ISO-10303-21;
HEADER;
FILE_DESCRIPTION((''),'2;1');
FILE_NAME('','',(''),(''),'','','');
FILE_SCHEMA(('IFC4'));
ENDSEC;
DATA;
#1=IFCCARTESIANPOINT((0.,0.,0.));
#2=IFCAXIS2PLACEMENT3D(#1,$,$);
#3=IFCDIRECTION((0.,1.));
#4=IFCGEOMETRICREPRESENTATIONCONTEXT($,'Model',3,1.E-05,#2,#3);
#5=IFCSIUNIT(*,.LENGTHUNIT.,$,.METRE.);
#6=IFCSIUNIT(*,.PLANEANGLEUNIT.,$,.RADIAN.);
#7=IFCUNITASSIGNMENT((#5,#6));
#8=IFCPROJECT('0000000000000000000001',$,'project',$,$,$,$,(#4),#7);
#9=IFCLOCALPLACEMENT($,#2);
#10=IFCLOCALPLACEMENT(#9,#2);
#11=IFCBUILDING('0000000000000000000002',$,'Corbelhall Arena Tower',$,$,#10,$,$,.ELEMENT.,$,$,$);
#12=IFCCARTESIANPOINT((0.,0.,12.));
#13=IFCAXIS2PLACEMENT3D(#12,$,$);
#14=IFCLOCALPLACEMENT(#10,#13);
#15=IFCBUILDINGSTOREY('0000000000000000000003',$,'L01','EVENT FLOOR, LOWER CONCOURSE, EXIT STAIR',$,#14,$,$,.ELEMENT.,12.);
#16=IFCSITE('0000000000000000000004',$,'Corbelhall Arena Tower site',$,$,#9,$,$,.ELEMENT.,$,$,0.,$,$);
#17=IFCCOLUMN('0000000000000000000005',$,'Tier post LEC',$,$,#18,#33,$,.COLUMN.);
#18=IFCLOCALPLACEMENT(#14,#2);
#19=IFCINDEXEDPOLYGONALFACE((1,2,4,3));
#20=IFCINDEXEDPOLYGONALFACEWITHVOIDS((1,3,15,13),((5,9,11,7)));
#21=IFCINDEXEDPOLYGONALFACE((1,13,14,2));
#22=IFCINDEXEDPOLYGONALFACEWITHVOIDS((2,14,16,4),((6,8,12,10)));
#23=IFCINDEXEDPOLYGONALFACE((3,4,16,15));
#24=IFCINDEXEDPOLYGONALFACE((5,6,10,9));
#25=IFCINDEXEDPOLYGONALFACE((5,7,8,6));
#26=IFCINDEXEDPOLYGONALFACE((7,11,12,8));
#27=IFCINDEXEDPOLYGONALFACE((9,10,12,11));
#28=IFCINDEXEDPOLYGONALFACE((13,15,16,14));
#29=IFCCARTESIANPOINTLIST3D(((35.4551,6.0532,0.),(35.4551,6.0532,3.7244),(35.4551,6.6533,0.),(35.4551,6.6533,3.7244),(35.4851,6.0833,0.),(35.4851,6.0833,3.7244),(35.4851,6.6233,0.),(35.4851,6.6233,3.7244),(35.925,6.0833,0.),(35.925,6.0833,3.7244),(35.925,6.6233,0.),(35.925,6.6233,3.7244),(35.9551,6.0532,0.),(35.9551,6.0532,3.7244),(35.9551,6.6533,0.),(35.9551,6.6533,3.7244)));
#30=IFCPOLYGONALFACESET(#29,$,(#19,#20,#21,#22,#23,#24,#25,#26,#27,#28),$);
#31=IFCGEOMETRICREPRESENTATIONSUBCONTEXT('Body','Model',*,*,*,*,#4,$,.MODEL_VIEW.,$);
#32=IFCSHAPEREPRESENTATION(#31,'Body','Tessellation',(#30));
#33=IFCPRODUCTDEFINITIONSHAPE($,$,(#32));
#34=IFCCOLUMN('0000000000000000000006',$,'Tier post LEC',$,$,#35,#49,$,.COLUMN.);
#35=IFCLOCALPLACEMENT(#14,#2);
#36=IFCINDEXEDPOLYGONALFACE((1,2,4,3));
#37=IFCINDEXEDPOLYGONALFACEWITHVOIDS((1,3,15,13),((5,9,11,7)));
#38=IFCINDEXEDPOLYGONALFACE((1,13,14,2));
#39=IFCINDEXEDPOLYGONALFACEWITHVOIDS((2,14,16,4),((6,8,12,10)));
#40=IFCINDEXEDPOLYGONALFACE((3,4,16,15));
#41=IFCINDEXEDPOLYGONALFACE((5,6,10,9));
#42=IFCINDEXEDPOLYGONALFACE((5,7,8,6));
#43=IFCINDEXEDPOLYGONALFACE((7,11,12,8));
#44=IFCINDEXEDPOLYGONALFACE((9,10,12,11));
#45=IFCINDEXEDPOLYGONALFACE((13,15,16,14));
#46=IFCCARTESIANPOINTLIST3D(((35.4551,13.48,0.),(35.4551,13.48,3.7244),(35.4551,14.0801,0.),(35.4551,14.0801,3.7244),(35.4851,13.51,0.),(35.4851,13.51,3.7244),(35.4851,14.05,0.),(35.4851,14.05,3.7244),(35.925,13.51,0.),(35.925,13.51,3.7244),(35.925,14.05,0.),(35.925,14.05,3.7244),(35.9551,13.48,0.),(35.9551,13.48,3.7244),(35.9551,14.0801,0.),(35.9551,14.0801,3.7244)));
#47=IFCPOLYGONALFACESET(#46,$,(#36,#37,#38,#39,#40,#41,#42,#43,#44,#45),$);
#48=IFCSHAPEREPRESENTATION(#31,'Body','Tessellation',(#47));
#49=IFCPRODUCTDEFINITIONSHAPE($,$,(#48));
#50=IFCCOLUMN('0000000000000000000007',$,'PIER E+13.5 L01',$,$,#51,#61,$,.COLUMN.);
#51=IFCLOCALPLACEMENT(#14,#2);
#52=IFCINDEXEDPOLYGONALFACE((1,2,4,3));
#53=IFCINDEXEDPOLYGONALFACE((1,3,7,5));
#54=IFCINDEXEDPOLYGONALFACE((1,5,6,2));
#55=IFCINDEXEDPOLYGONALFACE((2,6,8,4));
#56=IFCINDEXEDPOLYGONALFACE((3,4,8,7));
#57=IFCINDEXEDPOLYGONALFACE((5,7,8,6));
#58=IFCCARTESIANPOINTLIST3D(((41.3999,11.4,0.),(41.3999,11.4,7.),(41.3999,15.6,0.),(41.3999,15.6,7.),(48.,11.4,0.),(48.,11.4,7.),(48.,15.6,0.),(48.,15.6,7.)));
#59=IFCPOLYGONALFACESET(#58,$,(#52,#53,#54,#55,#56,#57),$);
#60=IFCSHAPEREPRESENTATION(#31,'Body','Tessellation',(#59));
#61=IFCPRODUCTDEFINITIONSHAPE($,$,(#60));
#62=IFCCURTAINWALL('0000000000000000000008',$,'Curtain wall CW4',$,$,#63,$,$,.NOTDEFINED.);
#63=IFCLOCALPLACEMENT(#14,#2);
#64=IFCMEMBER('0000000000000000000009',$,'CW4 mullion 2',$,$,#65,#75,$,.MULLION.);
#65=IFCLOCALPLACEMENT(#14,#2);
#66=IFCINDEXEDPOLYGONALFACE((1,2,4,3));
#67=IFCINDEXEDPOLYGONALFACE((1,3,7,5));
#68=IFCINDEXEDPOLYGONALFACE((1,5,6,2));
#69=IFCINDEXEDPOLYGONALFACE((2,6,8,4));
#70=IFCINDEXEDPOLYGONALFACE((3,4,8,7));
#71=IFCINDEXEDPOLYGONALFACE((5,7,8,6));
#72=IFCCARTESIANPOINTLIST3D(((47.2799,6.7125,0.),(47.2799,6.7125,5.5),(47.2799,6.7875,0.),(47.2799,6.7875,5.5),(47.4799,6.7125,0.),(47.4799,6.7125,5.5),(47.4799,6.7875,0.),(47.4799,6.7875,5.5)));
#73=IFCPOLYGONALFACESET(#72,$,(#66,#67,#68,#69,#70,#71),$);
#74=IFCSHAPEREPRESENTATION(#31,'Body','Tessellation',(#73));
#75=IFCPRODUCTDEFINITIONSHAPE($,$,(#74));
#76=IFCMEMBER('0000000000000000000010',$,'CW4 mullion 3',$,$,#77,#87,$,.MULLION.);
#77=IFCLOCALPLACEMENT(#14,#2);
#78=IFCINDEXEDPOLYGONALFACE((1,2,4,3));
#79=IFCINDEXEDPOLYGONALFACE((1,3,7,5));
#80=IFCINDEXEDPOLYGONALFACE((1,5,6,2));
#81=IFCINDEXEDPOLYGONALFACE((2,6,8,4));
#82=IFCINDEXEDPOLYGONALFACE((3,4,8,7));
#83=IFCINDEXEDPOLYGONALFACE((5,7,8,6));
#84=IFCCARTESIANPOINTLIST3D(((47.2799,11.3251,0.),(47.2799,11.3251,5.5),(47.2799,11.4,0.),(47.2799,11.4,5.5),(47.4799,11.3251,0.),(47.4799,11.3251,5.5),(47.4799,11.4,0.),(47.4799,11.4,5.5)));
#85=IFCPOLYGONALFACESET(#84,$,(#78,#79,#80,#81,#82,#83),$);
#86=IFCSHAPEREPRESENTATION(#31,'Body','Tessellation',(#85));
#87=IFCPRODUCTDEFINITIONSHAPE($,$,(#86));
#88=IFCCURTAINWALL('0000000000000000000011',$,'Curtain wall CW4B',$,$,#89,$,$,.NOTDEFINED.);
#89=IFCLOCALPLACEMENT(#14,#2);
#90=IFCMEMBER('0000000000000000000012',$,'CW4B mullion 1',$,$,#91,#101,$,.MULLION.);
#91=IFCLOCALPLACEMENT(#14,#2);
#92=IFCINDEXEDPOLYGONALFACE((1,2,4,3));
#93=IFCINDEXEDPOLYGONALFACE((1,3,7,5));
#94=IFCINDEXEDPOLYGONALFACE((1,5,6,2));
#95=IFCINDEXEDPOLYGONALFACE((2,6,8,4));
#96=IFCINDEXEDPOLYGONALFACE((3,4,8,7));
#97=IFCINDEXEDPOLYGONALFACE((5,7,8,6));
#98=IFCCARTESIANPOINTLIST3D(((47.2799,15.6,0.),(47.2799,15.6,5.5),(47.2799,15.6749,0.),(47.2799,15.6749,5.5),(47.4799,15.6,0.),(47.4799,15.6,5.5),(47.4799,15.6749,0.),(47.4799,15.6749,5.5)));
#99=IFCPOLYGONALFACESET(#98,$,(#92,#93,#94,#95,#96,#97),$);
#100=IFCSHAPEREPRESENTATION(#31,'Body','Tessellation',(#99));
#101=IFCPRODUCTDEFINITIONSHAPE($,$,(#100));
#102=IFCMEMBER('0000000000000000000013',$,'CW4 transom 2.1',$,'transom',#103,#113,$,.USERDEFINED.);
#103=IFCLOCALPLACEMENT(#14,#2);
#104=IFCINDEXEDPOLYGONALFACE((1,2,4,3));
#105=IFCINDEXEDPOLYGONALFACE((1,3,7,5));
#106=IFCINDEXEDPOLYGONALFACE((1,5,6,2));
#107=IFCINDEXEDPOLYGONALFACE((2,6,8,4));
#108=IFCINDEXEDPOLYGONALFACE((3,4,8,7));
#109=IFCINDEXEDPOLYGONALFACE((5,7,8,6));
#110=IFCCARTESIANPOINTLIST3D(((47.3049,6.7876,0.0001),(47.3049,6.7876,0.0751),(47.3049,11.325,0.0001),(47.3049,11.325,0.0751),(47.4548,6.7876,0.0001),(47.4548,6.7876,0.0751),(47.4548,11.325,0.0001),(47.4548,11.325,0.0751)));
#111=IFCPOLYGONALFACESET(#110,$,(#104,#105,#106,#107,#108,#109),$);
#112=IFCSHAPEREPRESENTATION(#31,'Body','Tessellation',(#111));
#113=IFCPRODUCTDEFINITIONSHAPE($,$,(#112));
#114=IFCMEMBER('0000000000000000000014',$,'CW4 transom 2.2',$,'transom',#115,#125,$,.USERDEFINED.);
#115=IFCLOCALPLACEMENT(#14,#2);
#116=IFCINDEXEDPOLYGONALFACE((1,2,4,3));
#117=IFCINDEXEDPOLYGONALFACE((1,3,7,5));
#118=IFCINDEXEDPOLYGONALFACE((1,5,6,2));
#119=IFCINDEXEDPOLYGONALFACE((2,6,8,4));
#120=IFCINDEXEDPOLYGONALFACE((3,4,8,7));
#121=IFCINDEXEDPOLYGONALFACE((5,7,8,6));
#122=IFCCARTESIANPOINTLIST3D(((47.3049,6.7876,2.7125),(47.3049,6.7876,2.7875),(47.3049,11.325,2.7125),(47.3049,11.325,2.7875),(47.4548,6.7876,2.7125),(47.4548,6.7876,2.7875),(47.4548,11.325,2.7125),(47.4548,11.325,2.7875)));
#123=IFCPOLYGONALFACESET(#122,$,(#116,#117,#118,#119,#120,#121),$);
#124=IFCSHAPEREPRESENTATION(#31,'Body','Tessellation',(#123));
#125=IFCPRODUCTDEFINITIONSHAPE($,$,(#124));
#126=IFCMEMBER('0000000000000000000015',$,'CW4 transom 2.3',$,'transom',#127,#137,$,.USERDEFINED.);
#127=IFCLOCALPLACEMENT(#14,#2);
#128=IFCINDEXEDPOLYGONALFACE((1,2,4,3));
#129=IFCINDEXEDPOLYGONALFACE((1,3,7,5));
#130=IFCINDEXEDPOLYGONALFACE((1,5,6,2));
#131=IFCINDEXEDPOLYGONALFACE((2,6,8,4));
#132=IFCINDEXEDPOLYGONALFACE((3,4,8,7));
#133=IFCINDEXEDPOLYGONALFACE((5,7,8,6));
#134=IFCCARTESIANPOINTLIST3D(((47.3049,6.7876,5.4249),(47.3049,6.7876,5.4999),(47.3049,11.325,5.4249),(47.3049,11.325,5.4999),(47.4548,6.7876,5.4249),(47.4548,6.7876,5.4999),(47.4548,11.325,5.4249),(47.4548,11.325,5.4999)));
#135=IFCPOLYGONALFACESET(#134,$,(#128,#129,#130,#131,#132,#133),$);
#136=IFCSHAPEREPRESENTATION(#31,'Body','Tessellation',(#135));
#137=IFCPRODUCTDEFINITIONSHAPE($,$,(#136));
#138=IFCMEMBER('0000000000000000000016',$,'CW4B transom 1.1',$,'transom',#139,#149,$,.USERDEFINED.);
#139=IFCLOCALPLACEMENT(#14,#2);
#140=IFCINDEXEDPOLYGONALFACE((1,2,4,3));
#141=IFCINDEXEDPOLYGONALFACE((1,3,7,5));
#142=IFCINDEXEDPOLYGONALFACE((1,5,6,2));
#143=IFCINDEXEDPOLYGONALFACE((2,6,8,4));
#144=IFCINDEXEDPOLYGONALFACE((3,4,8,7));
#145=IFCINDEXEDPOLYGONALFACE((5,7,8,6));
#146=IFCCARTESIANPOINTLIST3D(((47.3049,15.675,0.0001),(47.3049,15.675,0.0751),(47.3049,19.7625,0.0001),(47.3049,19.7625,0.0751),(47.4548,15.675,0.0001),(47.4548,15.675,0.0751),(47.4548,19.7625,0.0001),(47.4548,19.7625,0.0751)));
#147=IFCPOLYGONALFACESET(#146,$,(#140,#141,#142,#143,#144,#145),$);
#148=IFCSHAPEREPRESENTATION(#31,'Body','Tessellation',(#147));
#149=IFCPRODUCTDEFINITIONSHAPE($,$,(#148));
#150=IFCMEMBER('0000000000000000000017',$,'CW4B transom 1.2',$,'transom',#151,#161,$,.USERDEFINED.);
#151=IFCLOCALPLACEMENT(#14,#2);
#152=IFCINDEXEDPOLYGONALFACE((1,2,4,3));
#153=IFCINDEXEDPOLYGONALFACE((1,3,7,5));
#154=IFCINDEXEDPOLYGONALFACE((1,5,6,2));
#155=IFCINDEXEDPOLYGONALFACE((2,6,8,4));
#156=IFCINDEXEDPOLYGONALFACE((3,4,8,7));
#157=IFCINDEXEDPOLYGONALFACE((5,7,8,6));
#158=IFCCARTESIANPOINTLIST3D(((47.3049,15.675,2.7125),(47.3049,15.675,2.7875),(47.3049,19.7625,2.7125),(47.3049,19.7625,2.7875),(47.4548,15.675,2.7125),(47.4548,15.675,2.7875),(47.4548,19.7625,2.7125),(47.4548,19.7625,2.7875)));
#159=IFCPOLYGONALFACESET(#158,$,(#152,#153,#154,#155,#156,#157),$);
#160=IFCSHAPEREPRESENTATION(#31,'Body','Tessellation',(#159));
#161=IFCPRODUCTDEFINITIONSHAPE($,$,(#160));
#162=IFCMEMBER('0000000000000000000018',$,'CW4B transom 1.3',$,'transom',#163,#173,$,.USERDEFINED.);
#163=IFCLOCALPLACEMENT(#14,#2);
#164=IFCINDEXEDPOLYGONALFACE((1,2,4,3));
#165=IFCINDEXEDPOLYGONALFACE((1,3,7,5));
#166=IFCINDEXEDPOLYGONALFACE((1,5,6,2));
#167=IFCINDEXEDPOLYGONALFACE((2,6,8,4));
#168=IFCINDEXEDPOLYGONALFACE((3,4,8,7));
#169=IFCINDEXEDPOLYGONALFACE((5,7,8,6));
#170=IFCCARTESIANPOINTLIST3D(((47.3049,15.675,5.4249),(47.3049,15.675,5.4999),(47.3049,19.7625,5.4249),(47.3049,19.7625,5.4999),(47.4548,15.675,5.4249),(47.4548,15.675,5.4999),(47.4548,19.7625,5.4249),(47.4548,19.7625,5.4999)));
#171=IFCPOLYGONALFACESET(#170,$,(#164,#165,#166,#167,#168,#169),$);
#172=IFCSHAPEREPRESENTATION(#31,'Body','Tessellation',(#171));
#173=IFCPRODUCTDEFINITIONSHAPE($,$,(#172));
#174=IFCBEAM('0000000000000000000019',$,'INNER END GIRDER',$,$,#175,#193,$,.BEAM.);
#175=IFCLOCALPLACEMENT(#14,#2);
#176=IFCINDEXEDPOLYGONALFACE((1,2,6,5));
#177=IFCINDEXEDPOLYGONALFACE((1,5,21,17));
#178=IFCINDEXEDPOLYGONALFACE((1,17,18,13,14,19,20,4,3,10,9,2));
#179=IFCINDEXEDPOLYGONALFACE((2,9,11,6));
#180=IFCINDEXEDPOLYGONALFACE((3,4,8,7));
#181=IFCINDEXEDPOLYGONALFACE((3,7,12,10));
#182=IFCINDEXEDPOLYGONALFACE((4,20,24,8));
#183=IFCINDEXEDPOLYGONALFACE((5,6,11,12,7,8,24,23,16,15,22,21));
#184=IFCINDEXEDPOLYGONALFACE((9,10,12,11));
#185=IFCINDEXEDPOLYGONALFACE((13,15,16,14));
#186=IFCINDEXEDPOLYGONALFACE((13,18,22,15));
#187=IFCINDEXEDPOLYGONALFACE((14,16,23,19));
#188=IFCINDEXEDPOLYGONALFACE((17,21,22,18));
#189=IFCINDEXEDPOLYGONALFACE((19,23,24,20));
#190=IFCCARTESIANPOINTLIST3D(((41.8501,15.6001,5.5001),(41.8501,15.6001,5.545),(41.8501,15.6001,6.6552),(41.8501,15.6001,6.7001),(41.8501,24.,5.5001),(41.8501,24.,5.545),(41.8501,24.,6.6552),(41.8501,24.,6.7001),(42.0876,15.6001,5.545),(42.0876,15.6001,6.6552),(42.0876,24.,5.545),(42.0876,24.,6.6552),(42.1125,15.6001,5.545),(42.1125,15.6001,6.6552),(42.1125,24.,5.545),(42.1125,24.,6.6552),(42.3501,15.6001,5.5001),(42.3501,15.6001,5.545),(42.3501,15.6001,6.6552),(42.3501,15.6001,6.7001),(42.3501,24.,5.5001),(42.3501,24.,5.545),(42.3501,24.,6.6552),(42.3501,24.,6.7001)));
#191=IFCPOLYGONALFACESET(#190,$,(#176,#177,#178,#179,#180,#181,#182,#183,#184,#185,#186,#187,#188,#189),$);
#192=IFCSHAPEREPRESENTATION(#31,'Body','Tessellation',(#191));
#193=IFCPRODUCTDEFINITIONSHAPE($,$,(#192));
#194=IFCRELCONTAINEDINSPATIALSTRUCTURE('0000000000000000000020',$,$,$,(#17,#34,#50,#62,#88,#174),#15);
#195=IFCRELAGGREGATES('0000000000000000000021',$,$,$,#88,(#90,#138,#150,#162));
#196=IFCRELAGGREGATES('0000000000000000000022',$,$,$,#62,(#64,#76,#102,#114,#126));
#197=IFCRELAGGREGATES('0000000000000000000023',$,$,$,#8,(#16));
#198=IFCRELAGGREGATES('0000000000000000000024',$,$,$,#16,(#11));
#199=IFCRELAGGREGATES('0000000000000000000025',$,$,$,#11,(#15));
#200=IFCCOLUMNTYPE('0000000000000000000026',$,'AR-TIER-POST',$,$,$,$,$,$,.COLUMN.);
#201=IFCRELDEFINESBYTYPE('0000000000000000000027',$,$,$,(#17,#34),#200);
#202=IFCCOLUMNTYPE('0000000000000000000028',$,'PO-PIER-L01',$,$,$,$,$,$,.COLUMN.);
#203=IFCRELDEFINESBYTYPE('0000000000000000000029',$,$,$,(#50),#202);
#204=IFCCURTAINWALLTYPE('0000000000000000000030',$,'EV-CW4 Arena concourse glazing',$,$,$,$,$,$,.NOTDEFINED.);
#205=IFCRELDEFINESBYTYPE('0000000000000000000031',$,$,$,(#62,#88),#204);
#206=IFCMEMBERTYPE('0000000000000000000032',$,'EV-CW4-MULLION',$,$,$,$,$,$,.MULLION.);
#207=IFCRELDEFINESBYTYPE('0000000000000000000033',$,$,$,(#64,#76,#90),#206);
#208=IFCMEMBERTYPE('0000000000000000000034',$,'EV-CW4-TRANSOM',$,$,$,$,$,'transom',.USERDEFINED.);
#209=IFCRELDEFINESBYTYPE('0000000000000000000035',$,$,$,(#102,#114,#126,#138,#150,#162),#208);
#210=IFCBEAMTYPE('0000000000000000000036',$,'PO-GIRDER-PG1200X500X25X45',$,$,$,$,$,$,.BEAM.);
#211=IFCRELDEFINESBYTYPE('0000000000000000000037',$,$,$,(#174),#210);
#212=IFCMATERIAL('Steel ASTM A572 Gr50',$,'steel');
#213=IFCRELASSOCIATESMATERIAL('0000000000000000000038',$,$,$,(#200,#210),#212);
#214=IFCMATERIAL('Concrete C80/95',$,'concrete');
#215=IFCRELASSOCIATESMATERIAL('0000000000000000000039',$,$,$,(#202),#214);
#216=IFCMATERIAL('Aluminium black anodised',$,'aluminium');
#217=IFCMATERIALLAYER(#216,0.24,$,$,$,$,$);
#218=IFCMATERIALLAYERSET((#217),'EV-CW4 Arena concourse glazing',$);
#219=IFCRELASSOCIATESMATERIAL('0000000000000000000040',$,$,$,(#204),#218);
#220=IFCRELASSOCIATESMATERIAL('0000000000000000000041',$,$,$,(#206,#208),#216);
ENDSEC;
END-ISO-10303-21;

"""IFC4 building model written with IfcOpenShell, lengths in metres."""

from ifc_helpers import new_model, si_unit, direction, frame, origin, origin_2d, place, context, subcontext, project, spatial, rectangle, hollow_rectangle, i_section, extrude, material, layer, layer_set, material_profile, profile_set, type_object, element, aggregate, save


model = new_model("IFC4")

# Units and contexts
model_context = context("Model", 3, precision=1e-05, world=origin(), true_north=direction((0.0, 1.0)))
body_context = subcontext(model_context, "Body", "Model", "MODEL_VIEW")
ifc_project = project(units=[si_unit("LENGTHUNIT", "METRE"), si_unit("PLANEANGLEUNIT", "RADIAN")], contexts=[model_context])

# Site, building, storey
site_placement = place(None, origin())
site = spatial("IfcSite", under=ifc_project, at=site_placement, Name="Corbelhall Arena Tower site", CompositionType="ELEMENT", RefElevation=0.0)
building_placement = place(site_placement, origin())
building = spatial("IfcBuilding", under=site, at=building_placement, Name="Corbelhall Arena Tower", CompositionType="ELEMENT")
storey_placement = place(building_placement, frame((0.0, 0.0, 12.0)))
storey = spatial("IfcBuildingStorey", under=building, at=storey_placement, Name="L01", Description="EVENT FLOOR, LOWER CONCOURSE, EXIT STAIR", CompositionType="ELEMENT", Elevation=12.0)

# Columns
ifc_material_1 = material(Name="Steel ASTM A572 Gr50", Category="steel")
ifc_material_profile_1 = material_profile(ifc_material_1, hollow_rectangle(XDim=0.5, YDim=0.6001, WallThickness=0.03, at=origin_2d()))
ifc_profile_set_1 = profile_set([ifc_material_profile_1], Name="Steel ASTM A572 Gr50")
column_type_1 = type_object("IfcColumnType", Name="AR-TIER-POST", PredefinedType="COLUMN", material=ifc_profile_set_1)
for number, where, z_axis, x_axis, name in (
    (1, (35.7051, 6.3533, 0.0), (0.0, 0.0, 1.0), (1.0, 0.0, 0.0), "Tier post LEC"),
    (2, (35.7051, 13.78, 0.0), (0.0, 0.0, 1.0), (1.0, 0.0, 0.0), "Tier post LEC"),
):
    element("IfcColumn", number, at=place(storey_placement, frame(where, z_axis=z_axis, x_axis=x_axis)), inside=storey, type_object=column_type_1, Name=name, PredefinedType="COLUMN", context=body_context, shape_type="SweptSolid", body=[
        extrude(hollow_rectangle(XDim=0.5, YDim=0.6001, WallThickness=0.03, at=origin_2d()), origin(), (0.0, 0.0, 1.0), 3.7244),
    ])
ifc_material_2 = material(Name="Concrete C80/95", Category="concrete")
ifc_material_profile_2 = material_profile(ifc_material_2, rectangle(XDim=4.2, YDim=6.6001, at=origin_2d()))
ifc_profile_set_2 = profile_set([ifc_material_profile_2], Name="Concrete C80/95")
column_type_2 = type_object("IfcColumnType", Name="PO-PIER-L01", PredefinedType="COLUMN", material=ifc_profile_set_2)
column_placement = place(storey_placement, frame((44.7, 13.5, 0.0), z_axis=(0.0, 0.0, 1.0), x_axis=(0.0, 1.0, 0.0)))
element("IfcColumn", 3, at=column_placement, inside=storey, type_object=column_type_2, Name="PIER E+13.5 L01", PredefinedType="COLUMN", context=body_context, shape_type="SweptSolid", body=[
    extrude(rectangle(XDim=4.2, YDim=6.6001, at=origin_2d()), origin(), (0.0, 0.0, 1.0), 7.0),
])

# Curtain wall, members
ifc_material_3 = material(Name="Aluminium black anodised", Category="aluminium")
ifc_layer_1 = layer(ifc_material_3, 0.24)
ifc_layer_set_1 = layer_set([ifc_layer_1], Name="EV-CW4 Arena concourse glazing")
curtain_wall_type = type_object("IfcCurtainWallType", Name="EV-CW4 Arena concourse glazing", PredefinedType="NOTDEFINED", material=ifc_layer_set_1)
curtain_wall_1_placement = place(storey_placement, origin())
curtain_wall_1 = element("IfcCurtainWall", 4, at=curtain_wall_1_placement, inside=storey, type_object=curtain_wall_type, Name="Curtain wall CW4", PredefinedType="NOTDEFINED")
ifc_material_profile_3 = material_profile(ifc_material_3, rectangle(XDim=0.2, YDim=0.075, at=origin_2d()))
ifc_profile_set_3 = profile_set([ifc_material_profile_3], Name="Aluminium black anodised")
member_type_1 = type_object("IfcMemberType", Name="EV-CW4-MULLION", PredefinedType="MULLION", material=ifc_profile_set_3)
member_1_placement = place(storey_placement, frame((47.3799, 6.75, 0.0), z_axis=(0.0, 0.0, 1.0), x_axis=(-1.0, 0.0, 0.0)))
member_1 = element("IfcMember", 5, at=member_1_placement, type_object=member_type_1, Name="CW4 mullion 2", PredefinedType="MULLION", context=body_context, shape_type="SweptSolid", body=[
    extrude(rectangle(XDim=0.2, YDim=0.075, at=origin_2d()), origin(), (0.0, 0.0, 1.0), 5.5),
])
member_2_placement = place(storey_placement, frame((47.3799, 11.3625, 0.0), z_axis=(0.0, 0.0, 1.0), x_axis=(-1.0, 0.0, 0.0)))
member_2 = element("IfcMember", 6, at=member_2_placement, type_object=member_type_1, Name="CW4 mullion 3", PredefinedType="MULLION", context=body_context, shape_type="SweptSolid", body=[
    extrude(rectangle(XDim=0.2, YDim=0.075, at=origin_2d()), origin(), (0.0, 0.0, 1.0), 5.5),
])

# Curtain wall, member
curtain_wall_2_placement = place(storey_placement, origin())
curtain_wall_2 = element("IfcCurtainWall", 7, at=curtain_wall_2_placement, inside=storey, type_object=curtain_wall_type, Name="Curtain wall CW4B", PredefinedType="NOTDEFINED")
member_3_placement = place(storey_placement, frame((47.3799, 15.6375, 0.0), z_axis=(0.0, 0.0, 1.0), x_axis=(-1.0, 0.0, 0.0)))
member_3 = element("IfcMember", 8, at=member_3_placement, type_object=member_type_1, Name="CW4B mullion 1", PredefinedType="MULLION", context=body_context, shape_type="SweptSolid", body=[
    extrude(rectangle(XDim=0.2, YDim=0.075, at=origin_2d()), origin(), (0.0, 0.0, 1.0), 5.5),
])

# Members
ifc_material_profile_4 = material_profile(ifc_material_3, rectangle(XDim=0.1499, YDim=0.075, at=origin_2d()))
ifc_profile_set_4 = profile_set([ifc_material_profile_4], Name="Aluminium black anodised")
member_type_2 = type_object("IfcMemberType", Name="EV-CW4-TRANSOM", ElementType="transom", PredefinedType="USERDEFINED", material=ifc_profile_set_4)
member_4_placement = place(storey_placement, frame((47.3799, 6.7876, 0.0376), z_axis=(0.0, 1.0, 0.0), x_axis=(-1.0, 0.0, 0.0)))
member_4 = element("IfcMember", 9, at=member_4_placement, type_object=member_type_2, Name="CW4 transom 2.1", ObjectType="transom", PredefinedType="USERDEFINED", context=body_context, shape_type="SweptSolid", body=[
    extrude(rectangle(XDim=0.1499, YDim=0.075, at=origin_2d()), origin(), (0.0, 0.0, 1.0), 4.5374),
])
member_5_placement = place(storey_placement, frame((47.3799, 6.7876, 2.75), z_axis=(0.0, 1.0, 0.0), x_axis=(-1.0, 0.0, 0.0)))
member_5 = element("IfcMember", 10, at=member_5_placement, type_object=member_type_2, Name="CW4 transom 2.2", ObjectType="transom", PredefinedType="USERDEFINED", context=body_context, shape_type="SweptSolid", body=[
    extrude(rectangle(XDim=0.1499, YDim=0.075, at=origin_2d()), origin(), (0.0, 0.0, 1.0), 4.5374),
])
member_6_placement = place(storey_placement, frame((47.3799, 6.7876, 5.4624), z_axis=(0.0, 1.0, 0.0), x_axis=(-1.0, 0.0, 0.0)))
member_6 = element("IfcMember", 11, at=member_6_placement, type_object=member_type_2, Name="CW4 transom 2.3", ObjectType="transom", PredefinedType="USERDEFINED", context=body_context, shape_type="SweptSolid", body=[
    extrude(rectangle(XDim=0.1499, YDim=0.075, at=origin_2d()), origin(), (0.0, 0.0, 1.0), 4.5374),
])
member_7_placement = place(storey_placement, frame((47.3799, 15.675, 0.0376), z_axis=(0.0, 1.0, 0.0), x_axis=(-1.0, 0.0, 0.0)))
member_7 = element("IfcMember", 12, at=member_7_placement, type_object=member_type_2, Name="CW4B transom 1.1", ObjectType="transom", PredefinedType="USERDEFINED", context=body_context, shape_type="SweptSolid", body=[
    extrude(rectangle(XDim=0.1499, YDim=0.075, at=origin_2d()), origin(), (0.0, 0.0, 1.0), 4.0874),
])
member_8_placement = place(storey_placement, frame((47.3799, 15.675, 2.75), z_axis=(0.0, 1.0, 0.0), x_axis=(-1.0, 0.0, 0.0)))
member_8 = element("IfcMember", 13, at=member_8_placement, type_object=member_type_2, Name="CW4B transom 1.2", ObjectType="transom", PredefinedType="USERDEFINED", context=body_context, shape_type="SweptSolid", body=[
    extrude(rectangle(XDim=0.1499, YDim=0.075, at=origin_2d()), origin(), (0.0, 0.0, 1.0), 4.0874),
])
member_9_placement = place(storey_placement, frame((47.3799, 15.675, 5.4624), z_axis=(0.0, 1.0, 0.0), x_axis=(-1.0, 0.0, 0.0)))
member_9 = element("IfcMember", 14, at=member_9_placement, type_object=member_type_2, Name="CW4B transom 1.3", ObjectType="transom", PredefinedType="USERDEFINED", context=body_context, shape_type="SweptSolid", body=[
    extrude(rectangle(XDim=0.1499, YDim=0.075, at=origin_2d()), origin(), (0.0, 0.0, 1.0), 4.0874),
])
aggregate(curtain_wall_2, [member_3, member_7, member_8, member_9])

# Beam
ifc_material_profile_5 = material_profile(ifc_material_1, i_section(OverallWidth=0.5, OverallDepth=1.2, WebThickness=0.0249, FlangeThickness=0.0449, at=origin_2d()))
ifc_profile_set_5 = profile_set([ifc_material_profile_5], Name="Steel ASTM A572 Gr50")
beam_type_1 = type_object("IfcBeamType", Name="PO-GIRDER-PG1200X500X25X45", PredefinedType="BEAM", material=ifc_profile_set_5)
beam_1_placement = place(storey_placement, frame((42.1001, 15.6001, 6.1001), z_axis=(0.0, 1.0, 0.0), x_axis=(-1.0, 0.0, 0.0)))
element("IfcBeam", 15, at=beam_1_placement, inside=storey, type_object=beam_type_1, Name="INNER END GIRDER", PredefinedType="BEAM", context=body_context, shape_type="SweptSolid", body=[
    extrude(i_section(OverallWidth=0.5, OverallDepth=1.2, WebThickness=0.0249, FlangeThickness=0.0449, at=origin_2d()), origin(), (0.0, 0.0, 1.0), 8.3999),
])

aggregate(curtain_wall_1, [member_1, member_2, member_4, member_5, member_6])

save(model, "model.ifc")
